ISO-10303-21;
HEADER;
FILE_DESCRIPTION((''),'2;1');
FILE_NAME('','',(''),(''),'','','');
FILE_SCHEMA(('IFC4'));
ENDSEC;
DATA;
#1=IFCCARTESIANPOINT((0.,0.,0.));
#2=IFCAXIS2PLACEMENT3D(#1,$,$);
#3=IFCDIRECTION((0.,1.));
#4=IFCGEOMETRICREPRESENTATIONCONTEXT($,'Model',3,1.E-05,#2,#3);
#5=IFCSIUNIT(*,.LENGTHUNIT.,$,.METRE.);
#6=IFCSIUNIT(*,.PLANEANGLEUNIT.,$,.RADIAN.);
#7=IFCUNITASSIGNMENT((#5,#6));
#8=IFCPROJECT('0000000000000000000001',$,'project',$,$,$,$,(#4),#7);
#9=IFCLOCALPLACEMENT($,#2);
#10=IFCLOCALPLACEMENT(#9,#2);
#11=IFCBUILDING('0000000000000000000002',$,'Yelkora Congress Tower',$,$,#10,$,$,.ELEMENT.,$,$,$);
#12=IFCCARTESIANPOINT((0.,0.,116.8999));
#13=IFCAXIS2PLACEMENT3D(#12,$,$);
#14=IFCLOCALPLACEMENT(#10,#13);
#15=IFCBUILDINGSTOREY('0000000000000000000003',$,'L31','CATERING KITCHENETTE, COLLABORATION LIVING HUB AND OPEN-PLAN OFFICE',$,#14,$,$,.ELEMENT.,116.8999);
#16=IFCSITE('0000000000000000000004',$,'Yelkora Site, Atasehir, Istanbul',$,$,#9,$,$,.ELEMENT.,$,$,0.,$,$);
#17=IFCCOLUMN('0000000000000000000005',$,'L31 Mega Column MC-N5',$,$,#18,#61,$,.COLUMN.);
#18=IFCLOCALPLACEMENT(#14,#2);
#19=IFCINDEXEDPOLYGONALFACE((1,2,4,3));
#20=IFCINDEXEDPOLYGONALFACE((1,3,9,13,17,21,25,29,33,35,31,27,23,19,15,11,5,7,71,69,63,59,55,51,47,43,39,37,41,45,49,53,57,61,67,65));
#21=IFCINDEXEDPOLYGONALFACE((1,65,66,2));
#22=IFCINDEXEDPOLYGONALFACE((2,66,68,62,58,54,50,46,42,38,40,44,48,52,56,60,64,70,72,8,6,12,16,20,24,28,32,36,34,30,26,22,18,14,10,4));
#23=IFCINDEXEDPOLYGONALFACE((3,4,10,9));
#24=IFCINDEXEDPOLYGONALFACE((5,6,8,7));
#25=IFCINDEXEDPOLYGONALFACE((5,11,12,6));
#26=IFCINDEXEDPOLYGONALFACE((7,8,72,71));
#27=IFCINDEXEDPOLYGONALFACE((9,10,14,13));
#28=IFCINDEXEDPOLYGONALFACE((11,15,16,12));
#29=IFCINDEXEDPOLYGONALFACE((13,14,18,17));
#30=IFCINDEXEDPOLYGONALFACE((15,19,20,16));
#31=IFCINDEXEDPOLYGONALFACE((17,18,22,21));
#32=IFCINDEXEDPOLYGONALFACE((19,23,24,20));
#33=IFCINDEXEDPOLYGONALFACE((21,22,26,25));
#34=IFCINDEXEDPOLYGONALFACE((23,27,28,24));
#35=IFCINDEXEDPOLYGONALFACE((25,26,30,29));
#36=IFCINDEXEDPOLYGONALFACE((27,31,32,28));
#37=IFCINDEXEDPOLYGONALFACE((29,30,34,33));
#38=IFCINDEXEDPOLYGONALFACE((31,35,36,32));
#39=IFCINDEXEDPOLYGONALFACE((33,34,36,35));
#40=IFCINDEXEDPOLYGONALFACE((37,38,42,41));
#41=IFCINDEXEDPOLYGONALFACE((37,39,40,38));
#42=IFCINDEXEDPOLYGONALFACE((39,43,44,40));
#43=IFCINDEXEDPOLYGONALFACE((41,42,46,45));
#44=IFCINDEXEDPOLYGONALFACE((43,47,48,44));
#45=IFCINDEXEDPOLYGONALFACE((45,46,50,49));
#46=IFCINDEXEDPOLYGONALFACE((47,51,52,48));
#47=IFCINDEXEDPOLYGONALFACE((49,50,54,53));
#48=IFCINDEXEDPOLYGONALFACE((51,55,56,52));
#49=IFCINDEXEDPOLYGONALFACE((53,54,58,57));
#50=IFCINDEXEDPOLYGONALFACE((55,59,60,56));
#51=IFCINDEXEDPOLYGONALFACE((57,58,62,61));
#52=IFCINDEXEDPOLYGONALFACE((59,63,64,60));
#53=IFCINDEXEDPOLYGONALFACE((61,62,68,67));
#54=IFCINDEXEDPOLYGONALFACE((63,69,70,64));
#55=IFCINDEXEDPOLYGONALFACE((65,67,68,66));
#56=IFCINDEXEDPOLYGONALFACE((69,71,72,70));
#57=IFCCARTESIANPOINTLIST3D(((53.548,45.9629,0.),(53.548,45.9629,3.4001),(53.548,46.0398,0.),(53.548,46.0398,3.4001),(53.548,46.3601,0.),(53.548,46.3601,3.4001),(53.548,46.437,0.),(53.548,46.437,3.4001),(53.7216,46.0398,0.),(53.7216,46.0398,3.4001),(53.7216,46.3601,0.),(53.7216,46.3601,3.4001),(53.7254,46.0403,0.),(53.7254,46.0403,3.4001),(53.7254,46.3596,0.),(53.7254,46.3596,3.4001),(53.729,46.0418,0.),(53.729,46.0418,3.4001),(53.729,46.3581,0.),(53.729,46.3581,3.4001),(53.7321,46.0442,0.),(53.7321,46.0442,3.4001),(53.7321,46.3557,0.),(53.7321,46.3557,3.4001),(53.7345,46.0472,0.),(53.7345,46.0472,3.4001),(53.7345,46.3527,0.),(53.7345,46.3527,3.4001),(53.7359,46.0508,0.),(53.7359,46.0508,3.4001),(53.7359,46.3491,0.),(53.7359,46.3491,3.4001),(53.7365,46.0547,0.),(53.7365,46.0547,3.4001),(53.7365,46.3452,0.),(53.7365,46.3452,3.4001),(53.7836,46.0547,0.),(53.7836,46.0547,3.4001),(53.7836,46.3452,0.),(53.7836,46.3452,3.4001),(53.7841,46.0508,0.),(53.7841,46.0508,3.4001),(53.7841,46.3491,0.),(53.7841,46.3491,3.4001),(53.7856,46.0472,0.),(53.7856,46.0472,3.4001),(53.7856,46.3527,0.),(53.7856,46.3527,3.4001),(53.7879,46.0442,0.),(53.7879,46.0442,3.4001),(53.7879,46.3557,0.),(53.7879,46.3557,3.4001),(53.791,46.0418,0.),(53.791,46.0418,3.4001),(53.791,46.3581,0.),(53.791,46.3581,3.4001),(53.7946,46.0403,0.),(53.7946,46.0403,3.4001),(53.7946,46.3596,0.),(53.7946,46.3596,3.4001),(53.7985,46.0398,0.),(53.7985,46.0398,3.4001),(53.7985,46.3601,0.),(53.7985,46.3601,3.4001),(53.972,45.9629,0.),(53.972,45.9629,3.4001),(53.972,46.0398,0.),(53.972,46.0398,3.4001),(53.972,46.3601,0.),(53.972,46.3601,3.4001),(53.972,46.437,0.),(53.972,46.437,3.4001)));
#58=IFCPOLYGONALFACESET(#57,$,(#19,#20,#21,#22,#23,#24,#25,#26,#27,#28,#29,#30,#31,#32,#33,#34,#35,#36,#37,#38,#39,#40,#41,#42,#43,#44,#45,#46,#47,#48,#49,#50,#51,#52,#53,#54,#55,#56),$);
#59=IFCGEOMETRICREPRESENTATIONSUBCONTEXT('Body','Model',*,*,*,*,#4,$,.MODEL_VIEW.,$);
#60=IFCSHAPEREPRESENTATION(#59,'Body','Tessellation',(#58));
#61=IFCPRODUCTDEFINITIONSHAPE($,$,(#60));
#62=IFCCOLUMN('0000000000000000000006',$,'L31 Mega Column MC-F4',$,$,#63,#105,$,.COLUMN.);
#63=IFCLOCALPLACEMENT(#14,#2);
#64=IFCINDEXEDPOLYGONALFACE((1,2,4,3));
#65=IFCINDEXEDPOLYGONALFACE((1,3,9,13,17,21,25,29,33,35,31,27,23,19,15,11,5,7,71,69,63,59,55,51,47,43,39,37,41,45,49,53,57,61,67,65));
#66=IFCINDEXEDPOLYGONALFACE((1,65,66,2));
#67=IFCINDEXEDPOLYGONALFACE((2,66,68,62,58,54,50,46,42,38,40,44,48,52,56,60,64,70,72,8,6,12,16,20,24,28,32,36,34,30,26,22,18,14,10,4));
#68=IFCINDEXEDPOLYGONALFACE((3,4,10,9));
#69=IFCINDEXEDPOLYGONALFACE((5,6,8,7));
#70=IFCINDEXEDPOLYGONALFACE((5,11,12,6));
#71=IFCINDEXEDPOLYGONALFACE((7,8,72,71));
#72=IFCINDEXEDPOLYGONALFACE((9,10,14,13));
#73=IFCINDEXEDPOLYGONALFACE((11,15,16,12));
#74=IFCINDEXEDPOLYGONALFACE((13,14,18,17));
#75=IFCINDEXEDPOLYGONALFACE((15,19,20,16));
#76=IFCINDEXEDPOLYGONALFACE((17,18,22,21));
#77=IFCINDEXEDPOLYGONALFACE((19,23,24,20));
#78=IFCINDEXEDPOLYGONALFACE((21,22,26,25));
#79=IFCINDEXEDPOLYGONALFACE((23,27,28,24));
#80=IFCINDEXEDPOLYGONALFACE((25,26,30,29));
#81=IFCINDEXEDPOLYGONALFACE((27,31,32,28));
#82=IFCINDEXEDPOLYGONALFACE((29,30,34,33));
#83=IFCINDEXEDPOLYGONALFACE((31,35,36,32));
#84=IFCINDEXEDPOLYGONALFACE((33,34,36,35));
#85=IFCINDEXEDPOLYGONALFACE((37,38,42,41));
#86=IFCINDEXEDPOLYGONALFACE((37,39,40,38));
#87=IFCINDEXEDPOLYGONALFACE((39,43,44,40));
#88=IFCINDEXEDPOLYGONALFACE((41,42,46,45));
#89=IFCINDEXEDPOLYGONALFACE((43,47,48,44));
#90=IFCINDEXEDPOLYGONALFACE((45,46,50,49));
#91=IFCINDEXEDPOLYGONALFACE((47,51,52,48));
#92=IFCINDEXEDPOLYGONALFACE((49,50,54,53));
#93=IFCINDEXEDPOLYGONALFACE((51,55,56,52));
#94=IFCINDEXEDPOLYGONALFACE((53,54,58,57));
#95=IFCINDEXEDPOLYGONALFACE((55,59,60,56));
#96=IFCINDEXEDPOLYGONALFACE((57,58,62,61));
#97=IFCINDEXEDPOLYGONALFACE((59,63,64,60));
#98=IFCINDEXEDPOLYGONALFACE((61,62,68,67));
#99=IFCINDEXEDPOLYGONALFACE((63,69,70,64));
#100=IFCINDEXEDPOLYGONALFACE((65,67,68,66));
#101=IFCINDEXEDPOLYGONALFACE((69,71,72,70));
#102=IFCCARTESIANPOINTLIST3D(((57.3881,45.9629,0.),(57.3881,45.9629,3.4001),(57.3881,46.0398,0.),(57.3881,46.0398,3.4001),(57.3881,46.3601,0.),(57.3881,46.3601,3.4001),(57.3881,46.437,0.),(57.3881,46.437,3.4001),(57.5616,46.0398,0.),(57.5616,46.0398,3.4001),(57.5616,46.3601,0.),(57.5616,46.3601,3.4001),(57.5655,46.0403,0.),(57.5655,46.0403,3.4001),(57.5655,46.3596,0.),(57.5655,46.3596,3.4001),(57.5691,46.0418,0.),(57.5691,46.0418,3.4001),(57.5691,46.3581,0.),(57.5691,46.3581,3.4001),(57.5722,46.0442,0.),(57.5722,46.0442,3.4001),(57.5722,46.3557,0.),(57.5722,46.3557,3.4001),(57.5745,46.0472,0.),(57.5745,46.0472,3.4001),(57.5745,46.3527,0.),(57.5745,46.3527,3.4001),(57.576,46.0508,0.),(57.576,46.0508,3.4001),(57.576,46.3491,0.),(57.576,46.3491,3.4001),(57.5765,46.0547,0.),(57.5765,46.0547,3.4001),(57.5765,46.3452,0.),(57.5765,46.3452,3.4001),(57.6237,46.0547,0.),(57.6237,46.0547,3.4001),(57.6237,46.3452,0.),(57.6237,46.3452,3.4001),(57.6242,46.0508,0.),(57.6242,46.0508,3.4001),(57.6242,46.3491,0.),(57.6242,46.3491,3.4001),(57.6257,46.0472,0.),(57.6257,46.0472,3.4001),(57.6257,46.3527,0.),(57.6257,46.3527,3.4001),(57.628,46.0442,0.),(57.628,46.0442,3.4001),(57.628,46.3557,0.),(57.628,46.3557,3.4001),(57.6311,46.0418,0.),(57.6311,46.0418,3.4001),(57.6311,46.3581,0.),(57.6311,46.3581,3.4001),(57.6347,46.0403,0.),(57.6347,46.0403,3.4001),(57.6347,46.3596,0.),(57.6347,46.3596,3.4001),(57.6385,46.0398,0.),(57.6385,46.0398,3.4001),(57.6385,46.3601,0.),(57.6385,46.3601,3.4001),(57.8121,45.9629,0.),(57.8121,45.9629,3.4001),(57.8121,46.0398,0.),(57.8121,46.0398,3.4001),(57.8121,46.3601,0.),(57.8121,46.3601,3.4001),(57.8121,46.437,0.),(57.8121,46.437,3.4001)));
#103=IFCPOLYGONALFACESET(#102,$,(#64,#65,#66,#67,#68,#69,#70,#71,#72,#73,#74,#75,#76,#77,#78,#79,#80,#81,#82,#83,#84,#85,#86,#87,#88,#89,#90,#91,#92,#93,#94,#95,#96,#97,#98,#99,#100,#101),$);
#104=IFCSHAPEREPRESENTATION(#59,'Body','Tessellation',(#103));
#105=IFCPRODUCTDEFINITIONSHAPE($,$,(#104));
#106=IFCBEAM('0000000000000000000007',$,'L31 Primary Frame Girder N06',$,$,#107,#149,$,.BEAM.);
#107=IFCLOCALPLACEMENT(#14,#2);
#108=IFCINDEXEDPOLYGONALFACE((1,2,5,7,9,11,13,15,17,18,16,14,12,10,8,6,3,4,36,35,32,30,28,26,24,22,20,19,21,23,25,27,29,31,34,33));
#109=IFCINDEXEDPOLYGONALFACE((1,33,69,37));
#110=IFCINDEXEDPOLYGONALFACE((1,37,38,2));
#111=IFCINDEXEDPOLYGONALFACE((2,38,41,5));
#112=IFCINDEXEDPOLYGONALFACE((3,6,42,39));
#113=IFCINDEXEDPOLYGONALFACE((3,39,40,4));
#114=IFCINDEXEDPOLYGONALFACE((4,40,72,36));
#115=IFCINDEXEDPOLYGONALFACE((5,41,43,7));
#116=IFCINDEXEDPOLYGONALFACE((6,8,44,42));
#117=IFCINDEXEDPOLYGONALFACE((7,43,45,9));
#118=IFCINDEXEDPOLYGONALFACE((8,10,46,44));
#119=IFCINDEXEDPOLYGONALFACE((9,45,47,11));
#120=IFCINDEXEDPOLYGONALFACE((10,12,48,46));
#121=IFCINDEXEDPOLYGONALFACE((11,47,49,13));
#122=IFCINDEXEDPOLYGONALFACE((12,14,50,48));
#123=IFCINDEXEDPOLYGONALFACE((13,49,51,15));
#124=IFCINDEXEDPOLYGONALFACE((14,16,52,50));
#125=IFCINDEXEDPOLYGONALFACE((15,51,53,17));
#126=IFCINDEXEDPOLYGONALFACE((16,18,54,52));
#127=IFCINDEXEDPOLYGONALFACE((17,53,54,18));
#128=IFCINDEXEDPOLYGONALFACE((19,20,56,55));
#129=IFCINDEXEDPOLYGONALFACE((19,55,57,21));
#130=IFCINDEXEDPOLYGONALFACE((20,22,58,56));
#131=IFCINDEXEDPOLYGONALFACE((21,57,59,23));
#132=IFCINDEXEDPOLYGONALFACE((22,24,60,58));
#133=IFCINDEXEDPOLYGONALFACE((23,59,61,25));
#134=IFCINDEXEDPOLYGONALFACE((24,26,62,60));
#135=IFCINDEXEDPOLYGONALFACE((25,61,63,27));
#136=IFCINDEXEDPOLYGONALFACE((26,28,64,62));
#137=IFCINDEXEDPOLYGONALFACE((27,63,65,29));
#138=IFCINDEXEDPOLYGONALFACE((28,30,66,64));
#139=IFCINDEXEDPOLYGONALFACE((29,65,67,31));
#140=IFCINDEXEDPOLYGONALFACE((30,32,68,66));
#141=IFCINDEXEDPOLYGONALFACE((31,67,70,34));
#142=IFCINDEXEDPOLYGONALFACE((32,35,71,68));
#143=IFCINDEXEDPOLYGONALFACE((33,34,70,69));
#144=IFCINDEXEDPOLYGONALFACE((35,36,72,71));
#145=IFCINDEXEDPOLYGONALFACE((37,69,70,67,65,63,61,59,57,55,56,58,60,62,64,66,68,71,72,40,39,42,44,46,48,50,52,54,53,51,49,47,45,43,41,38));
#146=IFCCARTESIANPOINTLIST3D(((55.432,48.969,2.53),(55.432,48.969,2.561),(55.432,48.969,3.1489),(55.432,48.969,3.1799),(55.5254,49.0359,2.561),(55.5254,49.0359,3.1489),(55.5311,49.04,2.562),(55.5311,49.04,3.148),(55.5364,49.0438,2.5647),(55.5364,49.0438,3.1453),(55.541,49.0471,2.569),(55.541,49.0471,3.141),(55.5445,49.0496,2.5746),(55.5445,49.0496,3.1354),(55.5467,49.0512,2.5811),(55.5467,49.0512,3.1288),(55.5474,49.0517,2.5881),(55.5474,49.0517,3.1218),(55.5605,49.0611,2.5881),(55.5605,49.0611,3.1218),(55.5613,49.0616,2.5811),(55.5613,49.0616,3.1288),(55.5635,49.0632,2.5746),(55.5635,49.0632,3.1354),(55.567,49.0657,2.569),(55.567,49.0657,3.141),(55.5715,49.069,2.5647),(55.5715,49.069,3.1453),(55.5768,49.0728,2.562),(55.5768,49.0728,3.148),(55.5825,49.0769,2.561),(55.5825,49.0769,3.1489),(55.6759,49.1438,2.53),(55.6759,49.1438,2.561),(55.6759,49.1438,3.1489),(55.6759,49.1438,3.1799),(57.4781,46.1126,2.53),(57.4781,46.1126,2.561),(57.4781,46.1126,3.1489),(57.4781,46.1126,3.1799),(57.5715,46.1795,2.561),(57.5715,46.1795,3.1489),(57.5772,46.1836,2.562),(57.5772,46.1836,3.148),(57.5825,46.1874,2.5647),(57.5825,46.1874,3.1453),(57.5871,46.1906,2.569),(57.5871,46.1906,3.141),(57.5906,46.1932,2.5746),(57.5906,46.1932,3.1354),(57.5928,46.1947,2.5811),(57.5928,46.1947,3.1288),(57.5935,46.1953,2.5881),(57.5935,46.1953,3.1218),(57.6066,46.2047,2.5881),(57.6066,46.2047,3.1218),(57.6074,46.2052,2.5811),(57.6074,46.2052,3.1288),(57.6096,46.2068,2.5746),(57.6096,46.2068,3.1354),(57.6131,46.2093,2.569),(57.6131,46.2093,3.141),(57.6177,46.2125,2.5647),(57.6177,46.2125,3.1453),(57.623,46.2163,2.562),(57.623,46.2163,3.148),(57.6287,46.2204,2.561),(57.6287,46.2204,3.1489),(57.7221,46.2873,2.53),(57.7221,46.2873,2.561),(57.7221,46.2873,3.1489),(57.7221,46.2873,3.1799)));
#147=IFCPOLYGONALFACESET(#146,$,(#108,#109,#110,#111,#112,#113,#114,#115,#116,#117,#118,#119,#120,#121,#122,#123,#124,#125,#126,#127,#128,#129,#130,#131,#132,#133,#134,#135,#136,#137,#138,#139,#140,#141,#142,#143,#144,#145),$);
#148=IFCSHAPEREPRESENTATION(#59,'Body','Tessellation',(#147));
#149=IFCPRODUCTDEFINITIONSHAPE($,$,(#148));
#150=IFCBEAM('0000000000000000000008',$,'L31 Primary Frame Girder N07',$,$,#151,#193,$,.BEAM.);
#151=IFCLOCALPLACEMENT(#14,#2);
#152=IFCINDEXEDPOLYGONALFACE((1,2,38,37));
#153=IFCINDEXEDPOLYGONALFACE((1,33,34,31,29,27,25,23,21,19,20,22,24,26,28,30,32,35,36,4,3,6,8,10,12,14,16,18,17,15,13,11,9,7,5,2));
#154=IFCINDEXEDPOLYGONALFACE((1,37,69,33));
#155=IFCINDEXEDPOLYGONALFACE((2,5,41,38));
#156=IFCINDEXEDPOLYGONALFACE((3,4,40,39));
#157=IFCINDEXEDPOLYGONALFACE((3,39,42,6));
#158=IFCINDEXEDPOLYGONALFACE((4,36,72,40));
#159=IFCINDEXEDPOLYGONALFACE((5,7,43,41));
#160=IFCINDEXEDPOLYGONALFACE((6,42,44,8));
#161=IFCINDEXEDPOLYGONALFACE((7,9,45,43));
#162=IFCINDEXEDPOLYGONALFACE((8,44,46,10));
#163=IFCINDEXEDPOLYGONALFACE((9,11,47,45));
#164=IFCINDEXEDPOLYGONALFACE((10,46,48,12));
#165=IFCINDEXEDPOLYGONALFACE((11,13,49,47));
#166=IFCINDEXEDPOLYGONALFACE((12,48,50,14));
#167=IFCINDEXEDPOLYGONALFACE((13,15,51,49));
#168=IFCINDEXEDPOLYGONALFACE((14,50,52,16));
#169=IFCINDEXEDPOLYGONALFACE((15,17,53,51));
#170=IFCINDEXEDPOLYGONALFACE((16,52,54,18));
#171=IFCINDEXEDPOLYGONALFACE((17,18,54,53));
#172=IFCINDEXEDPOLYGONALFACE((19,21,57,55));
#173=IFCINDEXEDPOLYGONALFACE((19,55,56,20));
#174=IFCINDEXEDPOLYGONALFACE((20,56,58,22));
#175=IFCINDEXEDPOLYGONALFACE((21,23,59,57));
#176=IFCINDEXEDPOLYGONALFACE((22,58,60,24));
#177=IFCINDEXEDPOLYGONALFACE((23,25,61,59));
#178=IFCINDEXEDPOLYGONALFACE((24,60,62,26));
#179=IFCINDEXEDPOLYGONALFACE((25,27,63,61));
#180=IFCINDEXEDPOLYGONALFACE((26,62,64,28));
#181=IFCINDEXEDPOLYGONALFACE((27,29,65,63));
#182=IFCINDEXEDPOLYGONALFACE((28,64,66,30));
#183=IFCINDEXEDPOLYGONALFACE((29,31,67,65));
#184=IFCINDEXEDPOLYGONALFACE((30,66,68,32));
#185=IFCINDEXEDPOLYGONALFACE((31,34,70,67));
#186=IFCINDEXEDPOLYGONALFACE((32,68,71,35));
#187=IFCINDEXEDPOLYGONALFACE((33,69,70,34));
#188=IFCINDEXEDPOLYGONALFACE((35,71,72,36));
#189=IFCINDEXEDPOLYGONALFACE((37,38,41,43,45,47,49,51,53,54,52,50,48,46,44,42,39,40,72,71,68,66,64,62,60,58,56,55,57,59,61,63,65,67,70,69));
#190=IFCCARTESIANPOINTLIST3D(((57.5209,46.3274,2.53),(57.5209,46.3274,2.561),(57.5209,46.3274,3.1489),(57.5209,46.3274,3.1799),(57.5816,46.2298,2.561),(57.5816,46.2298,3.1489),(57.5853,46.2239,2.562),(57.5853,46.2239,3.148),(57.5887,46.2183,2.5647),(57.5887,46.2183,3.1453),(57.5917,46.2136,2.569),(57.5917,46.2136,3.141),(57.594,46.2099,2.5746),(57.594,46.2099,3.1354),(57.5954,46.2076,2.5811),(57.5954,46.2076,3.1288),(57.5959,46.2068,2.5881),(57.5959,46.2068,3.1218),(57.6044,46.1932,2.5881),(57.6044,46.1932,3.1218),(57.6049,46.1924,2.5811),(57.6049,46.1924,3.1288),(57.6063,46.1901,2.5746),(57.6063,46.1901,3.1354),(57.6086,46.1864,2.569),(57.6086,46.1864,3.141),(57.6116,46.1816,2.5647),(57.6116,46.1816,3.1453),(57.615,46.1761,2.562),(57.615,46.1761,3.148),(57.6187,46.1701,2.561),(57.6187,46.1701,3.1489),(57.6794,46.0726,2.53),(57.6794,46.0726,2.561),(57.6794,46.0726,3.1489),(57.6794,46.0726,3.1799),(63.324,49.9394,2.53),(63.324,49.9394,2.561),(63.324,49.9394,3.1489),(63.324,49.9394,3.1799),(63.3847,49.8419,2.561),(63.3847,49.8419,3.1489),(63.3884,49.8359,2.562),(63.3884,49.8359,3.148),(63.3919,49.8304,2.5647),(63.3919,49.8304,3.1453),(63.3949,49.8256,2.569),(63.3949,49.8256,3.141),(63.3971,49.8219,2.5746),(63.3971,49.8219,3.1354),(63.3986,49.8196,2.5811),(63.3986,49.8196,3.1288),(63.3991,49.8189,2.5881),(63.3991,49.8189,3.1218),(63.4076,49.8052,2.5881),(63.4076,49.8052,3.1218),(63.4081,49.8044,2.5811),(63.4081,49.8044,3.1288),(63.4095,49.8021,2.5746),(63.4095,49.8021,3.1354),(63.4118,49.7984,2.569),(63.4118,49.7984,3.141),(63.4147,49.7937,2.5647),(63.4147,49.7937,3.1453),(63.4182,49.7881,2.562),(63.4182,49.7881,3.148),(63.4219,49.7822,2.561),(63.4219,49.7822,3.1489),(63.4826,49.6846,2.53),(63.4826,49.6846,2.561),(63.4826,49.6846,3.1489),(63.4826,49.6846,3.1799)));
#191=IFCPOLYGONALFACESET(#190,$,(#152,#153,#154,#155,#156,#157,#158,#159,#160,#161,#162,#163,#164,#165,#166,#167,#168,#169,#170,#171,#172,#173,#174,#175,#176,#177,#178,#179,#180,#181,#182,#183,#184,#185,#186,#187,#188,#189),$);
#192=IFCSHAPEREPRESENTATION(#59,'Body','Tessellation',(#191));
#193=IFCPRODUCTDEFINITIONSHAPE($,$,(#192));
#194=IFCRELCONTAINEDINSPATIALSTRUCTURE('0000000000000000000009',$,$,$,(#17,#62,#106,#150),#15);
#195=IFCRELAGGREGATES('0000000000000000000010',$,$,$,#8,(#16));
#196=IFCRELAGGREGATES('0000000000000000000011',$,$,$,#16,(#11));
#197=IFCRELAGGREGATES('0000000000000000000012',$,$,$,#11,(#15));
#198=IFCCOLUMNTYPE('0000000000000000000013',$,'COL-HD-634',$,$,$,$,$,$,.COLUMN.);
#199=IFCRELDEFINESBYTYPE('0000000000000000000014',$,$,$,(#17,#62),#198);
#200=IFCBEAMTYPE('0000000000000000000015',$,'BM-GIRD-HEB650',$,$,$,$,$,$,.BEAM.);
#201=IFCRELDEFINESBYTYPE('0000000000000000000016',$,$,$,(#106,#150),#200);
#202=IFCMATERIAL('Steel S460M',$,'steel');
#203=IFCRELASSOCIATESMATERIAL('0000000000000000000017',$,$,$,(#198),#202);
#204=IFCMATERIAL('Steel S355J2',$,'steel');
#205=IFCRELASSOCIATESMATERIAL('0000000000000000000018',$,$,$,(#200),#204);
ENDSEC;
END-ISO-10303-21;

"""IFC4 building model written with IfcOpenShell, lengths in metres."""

from ifc_helpers import new_model, si_unit, direction, frame, origin, origin_2d, place, context, subcontext, project, spatial, i_section, extrude, material, material_profile, profile_set, type_object, element, save


model = new_model("IFC4")

# Units and contexts
model_context = context("Model", 3, precision=1e-05, world=origin(), true_north=direction((0.0, 1.0)))
body_context = subcontext(model_context, "Body", "Model", "MODEL_VIEW")
ifc_project = project(units=[si_unit("LENGTHUNIT", "METRE"), si_unit("PLANEANGLEUNIT", "RADIAN")], contexts=[model_context])

# Site, building, storey
site_placement = place(None, origin())
site = spatial("IfcSite", under=ifc_project, at=site_placement, Name="Yelkora Site, Atasehir, Istanbul", CompositionType="ELEMENT", RefElevation=0.0)
building_placement = place(site_placement, origin())
building = spatial("IfcBuilding", under=site, at=building_placement, Name="Yelkora Congress Tower", CompositionType="ELEMENT")
storey_placement = place(building_placement, frame((0.0, 0.0, 116.8999)))
storey = spatial("IfcBuildingStorey", under=building, at=storey_placement, Name="L31", Description="CATERING KITCHENETTE, COLLABORATION LIVING HUB AND OPEN-PLAN OFFICE", CompositionType="ELEMENT", Elevation=116.8999)

# Columns
ifc_material_1 = material(Name="Steel S460M", Category="steel")
ifc_material_profile_1 = material_profile(ifc_material_1, i_section(OverallWidth=0.4241, OverallDepth=0.4741, WebThickness=0.0471, FlangeThickness=0.0769, FilletRadius=0.0149, at=origin_2d()), Name="HD 400x634")
ifc_profile_set_1 = profile_set([ifc_material_profile_1], Name="Steel S460M")
column_type_1 = type_object("IfcColumnType", Name="COL-HD-634", PredefinedType="COLUMN", material=ifc_profile_set_1)
for number, where, z_axis, x_axis, name in (
    (1, (53.76, 46.2, 0.0), (0.0, 0.0, 1.0), (1.0, 0.0, 0.0), "L31 Mega Column MC-N5"),
    (2, (57.6001, 46.2, 0.0), (0.0, 0.0, 1.0), (1.0, 0.0, 0.0), "L31 Mega Column MC-F4"),
):
    element("IfcColumn", number, at=place(storey_placement, frame(where, z_axis=z_axis, x_axis=x_axis)), inside=storey, type_object=column_type_1, Name=name, PredefinedType="COLUMN", context=body_context, shape_type="SweptSolid", body=[
        extrude(i_section(OverallWidth=0.4241, OverallDepth=0.4741, WebThickness=0.0471, FlangeThickness=0.0769, FilletRadius=0.0149, at=origin_2d()), origin(), (0.0, 0.0, 1.0), 3.4001),
    ])

# Beams
ifc_material_2 = material(Name="Steel S355J2", Category="steel")
ifc_material_profile_2 = material_profile(ifc_material_2, i_section(OverallWidth=0.3, OverallDepth=0.6499, WebThickness=0.0161, FlangeThickness=0.031, FilletRadius=0.0271, at=origin_2d()), Name="HEB 650")
ifc_profile_set_2 = profile_set([ifc_material_profile_2], Name="Steel S355J2")
beam_type_1 = type_object("IfcBeamType", Name="BM-GIRD-HEB650", PredefinedType="BEAM", material=ifc_profile_set_2)
beam_1_placement = place(storey_placement, frame((55.554, 49.0564, 2.855), z_axis=(0.582335, -0.812949, 0.0), x_axis=(0.812949, 0.582335, 0.0)))
element("IfcBeam", 3, at=beam_1_placement, inside=storey, type_object=beam_type_1, Name="L31 Primary Frame Girder N06", PredefinedType="BEAM", context=body_context, shape_type="SweptSolid", body=[
    extrude(i_section(OverallWidth=0.3, OverallDepth=0.6499, WebThickness=0.0161, FlangeThickness=0.031, FilletRadius=0.0271, at=origin_2d()), origin(), (0.0, 0.0, 1.0), 3.5137),
])
beam_2_placement = place(storey_placement, frame((63.4033, 49.812, 2.855), z_axis=(-0.84898, -0.528425, 0.0), x_axis=(0.528425, -0.84898, 0.0)))
element("IfcBeam", 4, at=beam_2_placement, inside=storey, type_object=beam_type_1, Name="L31 Primary Frame Girder N07", PredefinedType="BEAM", context=body_context, shape_type="SweptSolid", body=[
    extrude(i_section(OverallWidth=0.3, OverallDepth=0.6499, WebThickness=0.0161, FlangeThickness=0.031, FilletRadius=0.0271, at=origin_2d()), origin(), (0.0, 0.0, 1.0), 6.8354),
])

save(model, "model.ifc")
